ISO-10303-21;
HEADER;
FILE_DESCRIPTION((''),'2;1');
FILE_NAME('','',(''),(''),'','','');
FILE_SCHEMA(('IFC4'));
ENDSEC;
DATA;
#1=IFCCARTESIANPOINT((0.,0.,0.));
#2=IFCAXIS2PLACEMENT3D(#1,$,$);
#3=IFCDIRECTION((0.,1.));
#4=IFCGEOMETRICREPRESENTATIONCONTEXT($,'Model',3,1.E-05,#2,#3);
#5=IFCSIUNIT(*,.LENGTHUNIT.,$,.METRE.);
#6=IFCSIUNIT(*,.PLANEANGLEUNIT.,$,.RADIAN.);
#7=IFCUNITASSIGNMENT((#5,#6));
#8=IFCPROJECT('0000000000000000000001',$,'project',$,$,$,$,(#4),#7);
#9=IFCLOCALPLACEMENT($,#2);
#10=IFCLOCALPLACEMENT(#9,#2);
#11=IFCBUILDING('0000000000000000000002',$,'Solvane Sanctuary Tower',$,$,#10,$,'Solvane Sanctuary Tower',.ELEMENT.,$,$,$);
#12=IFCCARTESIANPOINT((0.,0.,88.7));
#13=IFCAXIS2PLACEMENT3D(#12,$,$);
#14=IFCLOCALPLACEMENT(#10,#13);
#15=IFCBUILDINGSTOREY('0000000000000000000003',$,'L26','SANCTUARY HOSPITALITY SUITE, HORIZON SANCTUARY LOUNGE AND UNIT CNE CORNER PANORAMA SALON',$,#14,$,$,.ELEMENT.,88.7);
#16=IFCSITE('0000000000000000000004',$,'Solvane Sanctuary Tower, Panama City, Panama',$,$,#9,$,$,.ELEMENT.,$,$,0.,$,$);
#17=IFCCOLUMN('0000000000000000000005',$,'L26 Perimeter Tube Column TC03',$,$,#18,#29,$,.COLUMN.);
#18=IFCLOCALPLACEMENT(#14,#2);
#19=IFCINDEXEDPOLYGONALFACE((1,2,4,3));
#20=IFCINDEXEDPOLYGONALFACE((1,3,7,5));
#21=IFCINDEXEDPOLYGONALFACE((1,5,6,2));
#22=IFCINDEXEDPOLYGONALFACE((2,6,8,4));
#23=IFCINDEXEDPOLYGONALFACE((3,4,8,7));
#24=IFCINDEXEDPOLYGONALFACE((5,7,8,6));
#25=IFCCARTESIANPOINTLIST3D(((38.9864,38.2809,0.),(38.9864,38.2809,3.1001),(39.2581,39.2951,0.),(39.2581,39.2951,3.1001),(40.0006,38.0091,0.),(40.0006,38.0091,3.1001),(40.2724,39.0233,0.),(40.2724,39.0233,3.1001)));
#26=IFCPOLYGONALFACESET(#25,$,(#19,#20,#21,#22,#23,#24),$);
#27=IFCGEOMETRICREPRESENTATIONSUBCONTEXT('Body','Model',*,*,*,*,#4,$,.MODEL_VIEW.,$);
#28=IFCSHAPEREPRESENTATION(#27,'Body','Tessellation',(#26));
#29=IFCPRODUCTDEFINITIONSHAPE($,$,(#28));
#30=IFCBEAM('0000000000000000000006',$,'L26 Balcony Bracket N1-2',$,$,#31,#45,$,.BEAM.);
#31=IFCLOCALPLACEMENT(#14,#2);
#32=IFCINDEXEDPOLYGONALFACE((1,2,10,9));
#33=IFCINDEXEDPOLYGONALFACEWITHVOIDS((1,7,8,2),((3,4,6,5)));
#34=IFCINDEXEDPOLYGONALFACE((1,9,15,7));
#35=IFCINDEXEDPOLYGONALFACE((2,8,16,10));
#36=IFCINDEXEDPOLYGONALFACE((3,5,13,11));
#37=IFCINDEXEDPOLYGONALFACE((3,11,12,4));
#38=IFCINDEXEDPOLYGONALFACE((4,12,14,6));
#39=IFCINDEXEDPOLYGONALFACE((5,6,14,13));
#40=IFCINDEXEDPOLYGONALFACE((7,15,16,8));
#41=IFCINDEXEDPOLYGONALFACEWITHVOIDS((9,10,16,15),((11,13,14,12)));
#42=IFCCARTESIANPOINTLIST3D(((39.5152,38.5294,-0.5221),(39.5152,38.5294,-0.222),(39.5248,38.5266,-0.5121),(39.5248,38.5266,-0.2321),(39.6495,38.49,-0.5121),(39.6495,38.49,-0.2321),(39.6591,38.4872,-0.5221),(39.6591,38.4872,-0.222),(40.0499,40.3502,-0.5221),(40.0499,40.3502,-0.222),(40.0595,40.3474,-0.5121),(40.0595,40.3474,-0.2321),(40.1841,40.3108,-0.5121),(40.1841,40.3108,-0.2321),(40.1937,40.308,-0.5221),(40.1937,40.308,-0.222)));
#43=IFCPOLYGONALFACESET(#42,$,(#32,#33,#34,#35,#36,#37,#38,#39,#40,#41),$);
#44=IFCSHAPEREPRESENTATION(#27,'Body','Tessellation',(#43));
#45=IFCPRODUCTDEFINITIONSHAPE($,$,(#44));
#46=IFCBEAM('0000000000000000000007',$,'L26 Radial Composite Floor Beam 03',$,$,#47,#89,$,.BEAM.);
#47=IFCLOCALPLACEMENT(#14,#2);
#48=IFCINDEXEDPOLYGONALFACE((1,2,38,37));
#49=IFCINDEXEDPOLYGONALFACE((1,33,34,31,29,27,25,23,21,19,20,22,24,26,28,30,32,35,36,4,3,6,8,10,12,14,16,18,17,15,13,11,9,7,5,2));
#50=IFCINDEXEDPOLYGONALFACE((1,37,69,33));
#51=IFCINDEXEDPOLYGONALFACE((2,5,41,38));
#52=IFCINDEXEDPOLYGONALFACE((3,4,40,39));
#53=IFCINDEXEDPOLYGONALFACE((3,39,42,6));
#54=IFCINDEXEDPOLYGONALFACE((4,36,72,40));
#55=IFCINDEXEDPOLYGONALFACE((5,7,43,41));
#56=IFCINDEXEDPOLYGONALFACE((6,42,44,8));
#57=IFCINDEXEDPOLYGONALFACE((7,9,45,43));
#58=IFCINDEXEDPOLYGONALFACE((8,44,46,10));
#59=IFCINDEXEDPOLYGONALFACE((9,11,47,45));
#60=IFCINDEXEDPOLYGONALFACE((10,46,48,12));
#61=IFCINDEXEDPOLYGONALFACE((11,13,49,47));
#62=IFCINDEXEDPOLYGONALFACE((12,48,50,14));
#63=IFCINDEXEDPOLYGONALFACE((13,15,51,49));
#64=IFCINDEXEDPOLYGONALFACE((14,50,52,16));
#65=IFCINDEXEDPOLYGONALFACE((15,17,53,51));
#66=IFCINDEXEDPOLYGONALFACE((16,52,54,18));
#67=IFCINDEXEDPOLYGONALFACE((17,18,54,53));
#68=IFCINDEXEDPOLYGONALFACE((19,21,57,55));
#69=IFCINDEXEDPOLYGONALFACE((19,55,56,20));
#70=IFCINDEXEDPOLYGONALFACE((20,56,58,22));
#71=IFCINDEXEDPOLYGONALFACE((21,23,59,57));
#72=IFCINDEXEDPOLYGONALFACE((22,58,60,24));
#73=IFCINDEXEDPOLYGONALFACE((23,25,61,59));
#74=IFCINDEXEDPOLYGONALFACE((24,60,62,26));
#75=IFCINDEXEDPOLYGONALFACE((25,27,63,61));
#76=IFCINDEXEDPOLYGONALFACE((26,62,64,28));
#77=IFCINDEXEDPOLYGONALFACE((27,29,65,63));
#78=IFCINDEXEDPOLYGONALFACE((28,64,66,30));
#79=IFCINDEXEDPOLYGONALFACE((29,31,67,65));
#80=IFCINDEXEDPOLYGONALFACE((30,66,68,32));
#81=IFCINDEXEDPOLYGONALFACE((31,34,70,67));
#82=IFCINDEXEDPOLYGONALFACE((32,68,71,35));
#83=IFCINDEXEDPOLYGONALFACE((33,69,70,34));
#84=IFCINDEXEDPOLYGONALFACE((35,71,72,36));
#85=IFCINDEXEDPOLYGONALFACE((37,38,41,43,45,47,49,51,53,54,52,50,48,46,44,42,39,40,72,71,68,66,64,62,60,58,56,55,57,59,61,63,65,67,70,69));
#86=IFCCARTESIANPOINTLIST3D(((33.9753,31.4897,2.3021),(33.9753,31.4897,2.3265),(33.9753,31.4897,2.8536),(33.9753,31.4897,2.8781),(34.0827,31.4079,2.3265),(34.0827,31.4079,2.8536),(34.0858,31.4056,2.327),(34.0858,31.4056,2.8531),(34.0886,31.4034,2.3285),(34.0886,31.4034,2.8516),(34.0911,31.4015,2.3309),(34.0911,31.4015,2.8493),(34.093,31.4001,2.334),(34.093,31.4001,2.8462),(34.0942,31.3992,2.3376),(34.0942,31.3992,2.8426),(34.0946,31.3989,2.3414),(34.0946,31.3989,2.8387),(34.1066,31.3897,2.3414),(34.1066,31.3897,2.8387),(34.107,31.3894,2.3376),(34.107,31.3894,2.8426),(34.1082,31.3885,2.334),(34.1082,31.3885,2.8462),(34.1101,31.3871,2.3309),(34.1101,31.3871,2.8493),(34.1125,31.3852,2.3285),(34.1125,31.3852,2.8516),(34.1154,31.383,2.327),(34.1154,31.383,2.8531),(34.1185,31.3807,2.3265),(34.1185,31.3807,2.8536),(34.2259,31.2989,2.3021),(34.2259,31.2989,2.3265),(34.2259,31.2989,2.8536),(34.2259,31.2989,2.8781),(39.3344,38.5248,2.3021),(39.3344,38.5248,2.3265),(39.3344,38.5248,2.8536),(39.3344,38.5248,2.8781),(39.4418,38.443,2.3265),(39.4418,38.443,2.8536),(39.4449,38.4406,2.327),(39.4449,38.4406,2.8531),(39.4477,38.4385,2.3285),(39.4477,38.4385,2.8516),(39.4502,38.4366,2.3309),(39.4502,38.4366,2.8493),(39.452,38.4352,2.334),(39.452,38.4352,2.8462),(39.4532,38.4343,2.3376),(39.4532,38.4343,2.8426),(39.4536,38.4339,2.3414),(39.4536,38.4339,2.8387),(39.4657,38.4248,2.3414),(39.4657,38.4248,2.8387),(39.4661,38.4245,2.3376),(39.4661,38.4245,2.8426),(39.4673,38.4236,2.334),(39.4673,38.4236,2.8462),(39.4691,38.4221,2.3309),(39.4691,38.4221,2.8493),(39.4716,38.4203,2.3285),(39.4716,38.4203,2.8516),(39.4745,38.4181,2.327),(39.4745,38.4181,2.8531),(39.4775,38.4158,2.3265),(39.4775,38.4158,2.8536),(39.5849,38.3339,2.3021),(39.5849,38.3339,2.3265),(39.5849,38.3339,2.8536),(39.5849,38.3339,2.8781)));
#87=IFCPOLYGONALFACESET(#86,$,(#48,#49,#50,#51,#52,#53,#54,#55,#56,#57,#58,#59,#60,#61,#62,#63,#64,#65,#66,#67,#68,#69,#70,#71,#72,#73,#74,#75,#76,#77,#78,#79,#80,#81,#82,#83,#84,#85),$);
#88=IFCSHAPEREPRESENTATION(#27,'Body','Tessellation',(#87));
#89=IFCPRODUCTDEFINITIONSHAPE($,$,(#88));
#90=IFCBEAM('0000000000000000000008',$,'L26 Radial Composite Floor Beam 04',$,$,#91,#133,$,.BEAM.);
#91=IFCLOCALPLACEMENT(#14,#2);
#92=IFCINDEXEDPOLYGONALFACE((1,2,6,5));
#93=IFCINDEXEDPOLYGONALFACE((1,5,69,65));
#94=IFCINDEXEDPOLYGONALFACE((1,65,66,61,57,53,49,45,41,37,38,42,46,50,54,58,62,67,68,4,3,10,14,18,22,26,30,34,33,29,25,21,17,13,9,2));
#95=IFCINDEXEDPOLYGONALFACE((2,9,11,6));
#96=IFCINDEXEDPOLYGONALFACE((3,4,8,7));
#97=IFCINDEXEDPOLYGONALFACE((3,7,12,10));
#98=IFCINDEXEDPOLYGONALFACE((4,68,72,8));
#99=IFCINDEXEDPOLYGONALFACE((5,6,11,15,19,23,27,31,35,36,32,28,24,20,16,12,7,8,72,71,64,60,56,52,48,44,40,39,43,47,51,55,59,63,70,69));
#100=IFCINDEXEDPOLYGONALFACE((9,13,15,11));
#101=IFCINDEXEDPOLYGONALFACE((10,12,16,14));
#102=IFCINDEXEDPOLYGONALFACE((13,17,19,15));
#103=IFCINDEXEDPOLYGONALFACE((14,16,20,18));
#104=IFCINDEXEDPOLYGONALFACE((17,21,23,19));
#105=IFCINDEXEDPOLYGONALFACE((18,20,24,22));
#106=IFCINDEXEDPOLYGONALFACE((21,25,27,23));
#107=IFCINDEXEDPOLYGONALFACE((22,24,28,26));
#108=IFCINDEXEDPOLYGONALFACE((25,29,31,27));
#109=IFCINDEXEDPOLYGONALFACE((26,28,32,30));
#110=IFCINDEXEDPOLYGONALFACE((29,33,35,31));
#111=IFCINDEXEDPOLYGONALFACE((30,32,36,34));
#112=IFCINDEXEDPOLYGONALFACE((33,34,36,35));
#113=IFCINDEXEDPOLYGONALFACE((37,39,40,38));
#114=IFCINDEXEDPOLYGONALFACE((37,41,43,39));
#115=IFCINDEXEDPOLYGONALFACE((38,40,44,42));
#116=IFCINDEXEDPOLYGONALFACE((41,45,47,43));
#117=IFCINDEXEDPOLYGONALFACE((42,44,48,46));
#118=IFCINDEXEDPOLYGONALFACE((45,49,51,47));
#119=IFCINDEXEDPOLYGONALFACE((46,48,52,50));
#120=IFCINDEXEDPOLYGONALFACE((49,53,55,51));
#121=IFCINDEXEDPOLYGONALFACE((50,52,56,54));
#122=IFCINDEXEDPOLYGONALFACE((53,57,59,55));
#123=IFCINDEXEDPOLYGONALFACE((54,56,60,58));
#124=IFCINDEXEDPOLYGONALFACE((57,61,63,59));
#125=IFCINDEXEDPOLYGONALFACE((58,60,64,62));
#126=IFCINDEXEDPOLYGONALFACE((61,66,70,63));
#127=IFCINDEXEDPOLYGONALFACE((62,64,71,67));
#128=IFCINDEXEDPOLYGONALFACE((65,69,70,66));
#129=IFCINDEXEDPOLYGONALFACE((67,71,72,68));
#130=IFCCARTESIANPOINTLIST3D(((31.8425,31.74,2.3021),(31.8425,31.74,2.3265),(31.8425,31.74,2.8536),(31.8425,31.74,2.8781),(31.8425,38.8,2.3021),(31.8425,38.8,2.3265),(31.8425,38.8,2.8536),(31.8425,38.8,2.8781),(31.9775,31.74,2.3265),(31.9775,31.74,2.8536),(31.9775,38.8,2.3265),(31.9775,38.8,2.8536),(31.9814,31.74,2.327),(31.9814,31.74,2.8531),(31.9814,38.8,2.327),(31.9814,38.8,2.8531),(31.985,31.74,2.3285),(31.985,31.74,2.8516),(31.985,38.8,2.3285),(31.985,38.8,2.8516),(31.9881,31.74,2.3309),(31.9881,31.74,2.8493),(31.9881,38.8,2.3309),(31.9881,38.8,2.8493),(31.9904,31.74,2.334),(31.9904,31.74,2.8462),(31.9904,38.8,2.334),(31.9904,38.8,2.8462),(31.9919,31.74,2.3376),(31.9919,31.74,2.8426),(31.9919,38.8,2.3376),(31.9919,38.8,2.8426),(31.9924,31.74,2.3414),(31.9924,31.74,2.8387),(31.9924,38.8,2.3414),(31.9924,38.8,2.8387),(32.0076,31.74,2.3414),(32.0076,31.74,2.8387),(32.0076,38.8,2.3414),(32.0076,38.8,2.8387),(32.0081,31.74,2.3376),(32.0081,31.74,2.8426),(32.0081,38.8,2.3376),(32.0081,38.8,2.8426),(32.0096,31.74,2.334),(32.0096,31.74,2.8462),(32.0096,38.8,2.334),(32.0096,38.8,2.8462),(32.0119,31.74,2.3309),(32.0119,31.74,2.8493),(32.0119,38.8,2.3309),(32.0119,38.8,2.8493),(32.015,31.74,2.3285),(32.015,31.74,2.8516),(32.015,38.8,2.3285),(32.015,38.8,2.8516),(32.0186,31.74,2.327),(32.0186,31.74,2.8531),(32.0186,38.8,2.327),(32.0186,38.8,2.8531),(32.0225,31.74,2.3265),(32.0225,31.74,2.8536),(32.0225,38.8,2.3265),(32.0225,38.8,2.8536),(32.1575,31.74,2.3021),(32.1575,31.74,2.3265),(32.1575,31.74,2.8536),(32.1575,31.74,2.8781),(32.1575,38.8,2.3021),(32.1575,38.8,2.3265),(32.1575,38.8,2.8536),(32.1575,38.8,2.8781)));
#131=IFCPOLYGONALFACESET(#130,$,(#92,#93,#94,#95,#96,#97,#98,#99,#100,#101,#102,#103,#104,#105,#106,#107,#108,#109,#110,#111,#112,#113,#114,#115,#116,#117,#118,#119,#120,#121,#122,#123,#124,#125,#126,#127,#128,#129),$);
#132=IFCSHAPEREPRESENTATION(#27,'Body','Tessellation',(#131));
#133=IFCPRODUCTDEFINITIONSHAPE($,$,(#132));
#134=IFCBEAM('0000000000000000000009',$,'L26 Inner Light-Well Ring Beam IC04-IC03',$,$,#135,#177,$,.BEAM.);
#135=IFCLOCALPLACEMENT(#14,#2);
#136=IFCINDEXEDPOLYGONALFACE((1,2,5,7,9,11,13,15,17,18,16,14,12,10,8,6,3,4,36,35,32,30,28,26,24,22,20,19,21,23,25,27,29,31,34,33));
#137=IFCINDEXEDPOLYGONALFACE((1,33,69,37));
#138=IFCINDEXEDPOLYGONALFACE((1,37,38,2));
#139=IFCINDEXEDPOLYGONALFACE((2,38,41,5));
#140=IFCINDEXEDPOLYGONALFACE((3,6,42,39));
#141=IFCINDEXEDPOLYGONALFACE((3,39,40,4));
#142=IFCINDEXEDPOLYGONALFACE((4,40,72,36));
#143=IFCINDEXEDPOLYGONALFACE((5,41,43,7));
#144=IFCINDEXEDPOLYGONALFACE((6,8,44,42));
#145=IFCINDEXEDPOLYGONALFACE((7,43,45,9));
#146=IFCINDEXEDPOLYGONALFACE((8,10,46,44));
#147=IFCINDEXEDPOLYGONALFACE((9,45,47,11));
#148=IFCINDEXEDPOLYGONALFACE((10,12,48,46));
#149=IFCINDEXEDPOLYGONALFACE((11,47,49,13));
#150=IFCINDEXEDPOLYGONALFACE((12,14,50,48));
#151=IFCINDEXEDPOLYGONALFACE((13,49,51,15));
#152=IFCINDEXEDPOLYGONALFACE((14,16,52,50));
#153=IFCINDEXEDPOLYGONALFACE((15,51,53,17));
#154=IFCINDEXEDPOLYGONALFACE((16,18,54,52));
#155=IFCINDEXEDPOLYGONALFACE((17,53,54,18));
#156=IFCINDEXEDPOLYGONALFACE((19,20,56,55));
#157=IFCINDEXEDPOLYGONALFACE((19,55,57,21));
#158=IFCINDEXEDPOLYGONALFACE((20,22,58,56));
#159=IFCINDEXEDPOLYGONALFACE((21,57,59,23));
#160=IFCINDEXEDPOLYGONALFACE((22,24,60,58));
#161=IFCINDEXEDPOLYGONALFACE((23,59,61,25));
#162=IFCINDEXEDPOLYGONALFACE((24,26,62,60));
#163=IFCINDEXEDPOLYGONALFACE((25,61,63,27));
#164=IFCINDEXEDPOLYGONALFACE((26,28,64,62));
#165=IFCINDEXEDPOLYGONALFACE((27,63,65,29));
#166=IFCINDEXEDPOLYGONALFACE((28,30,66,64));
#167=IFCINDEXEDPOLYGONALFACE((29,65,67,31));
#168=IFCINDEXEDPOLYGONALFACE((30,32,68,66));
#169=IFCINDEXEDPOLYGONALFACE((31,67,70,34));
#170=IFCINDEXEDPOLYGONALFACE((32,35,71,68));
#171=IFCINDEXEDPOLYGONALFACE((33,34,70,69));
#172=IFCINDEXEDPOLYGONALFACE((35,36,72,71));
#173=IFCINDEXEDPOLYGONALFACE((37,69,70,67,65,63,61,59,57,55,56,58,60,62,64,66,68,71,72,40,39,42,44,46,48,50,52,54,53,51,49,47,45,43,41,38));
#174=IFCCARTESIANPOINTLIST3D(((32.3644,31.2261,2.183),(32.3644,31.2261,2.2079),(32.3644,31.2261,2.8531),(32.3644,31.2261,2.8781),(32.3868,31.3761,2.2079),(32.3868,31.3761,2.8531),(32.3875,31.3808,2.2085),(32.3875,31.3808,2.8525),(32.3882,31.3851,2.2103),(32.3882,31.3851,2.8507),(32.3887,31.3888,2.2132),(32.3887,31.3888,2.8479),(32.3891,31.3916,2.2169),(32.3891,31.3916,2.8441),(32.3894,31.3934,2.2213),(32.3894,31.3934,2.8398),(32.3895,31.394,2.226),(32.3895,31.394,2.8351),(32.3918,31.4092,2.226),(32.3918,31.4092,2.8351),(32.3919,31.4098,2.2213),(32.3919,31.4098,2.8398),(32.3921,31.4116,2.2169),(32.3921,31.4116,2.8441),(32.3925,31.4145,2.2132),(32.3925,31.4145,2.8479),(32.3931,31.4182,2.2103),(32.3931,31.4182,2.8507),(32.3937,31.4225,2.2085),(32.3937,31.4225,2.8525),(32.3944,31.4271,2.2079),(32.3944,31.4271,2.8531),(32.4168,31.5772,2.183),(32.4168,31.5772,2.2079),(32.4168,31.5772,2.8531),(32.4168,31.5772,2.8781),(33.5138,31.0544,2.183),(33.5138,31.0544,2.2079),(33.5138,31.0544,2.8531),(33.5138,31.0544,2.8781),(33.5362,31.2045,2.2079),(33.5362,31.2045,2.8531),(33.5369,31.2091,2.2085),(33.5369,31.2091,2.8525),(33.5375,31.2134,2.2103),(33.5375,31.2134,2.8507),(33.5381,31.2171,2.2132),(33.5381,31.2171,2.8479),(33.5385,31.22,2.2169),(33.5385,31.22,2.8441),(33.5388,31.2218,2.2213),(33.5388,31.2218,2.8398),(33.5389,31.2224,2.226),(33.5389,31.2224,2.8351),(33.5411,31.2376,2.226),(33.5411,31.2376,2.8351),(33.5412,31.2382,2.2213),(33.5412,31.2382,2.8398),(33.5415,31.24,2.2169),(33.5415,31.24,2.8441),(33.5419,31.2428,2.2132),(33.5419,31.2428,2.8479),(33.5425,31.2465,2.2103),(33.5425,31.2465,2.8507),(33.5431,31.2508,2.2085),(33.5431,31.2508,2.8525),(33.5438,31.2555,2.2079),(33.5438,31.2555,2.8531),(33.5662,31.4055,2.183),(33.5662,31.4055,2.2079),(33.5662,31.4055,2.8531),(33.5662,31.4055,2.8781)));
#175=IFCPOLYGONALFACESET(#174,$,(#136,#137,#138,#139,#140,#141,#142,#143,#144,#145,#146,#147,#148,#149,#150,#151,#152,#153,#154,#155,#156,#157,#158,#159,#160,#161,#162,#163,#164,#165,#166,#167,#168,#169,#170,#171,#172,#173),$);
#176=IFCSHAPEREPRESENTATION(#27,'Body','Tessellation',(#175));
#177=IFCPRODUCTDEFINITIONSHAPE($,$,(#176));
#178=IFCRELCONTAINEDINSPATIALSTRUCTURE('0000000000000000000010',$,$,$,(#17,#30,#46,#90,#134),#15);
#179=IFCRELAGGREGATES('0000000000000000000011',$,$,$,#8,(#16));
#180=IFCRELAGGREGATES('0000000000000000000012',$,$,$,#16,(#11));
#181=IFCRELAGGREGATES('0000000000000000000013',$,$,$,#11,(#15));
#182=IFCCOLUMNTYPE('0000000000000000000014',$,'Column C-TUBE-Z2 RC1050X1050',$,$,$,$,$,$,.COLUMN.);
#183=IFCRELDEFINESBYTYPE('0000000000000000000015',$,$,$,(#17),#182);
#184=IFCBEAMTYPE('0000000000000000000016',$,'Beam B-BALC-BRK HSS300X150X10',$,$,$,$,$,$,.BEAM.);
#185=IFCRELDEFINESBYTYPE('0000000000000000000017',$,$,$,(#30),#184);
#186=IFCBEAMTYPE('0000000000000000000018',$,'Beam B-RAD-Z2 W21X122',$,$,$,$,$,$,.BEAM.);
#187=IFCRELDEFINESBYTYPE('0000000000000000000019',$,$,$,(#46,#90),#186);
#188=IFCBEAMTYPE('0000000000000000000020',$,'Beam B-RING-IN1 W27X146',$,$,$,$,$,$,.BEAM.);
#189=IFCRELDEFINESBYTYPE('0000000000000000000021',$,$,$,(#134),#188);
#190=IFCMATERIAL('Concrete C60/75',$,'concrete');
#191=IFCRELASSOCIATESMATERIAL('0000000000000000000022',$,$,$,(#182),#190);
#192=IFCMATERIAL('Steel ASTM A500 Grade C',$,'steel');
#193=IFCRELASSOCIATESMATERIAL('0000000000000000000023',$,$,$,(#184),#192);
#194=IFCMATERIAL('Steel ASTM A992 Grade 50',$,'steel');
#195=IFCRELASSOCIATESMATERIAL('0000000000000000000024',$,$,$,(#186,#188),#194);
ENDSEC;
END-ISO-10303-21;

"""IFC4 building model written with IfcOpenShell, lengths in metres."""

from ifc_helpers import new_model, si_unit, direction, frame, origin, origin_2d, place, context, subcontext, project, spatial, rectangle, hollow_rectangle, i_section, extrude, material, material_profile, profile_set, type_object, element, save


model = new_model("IFC4")

# Units and contexts
model_context = context("Model", 3, precision=1e-05, world=origin(), true_north=direction((0.0, 1.0)))
body_context = subcontext(model_context, "Body", "Model", "MODEL_VIEW")
ifc_project = project(units=[si_unit("LENGTHUNIT", "METRE"), si_unit("PLANEANGLEUNIT", "RADIAN")], contexts=[model_context])

# Site, building, storey
site_placement = place(None, origin())
site = spatial("IfcSite", under=ifc_project, at=site_placement, Name="Solvane Sanctuary Tower, Panama City, Panama", CompositionType="ELEMENT", RefElevation=0.0)
building_placement = place(site_placement, origin())
building = spatial("IfcBuilding", under=site, at=building_placement, Name="Solvane Sanctuary Tower", LongName="Solvane Sanctuary Tower", CompositionType="ELEMENT")
storey_placement = place(building_placement, frame((0.0, 0.0, 88.7)))
storey = spatial("IfcBuildingStorey", under=building, at=storey_placement, Name="L26", Description="SANCTUARY HOSPITALITY SUITE, HORIZON SANCTUARY LOUNGE AND UNIT CNE CORNER PANORAMA SALON", CompositionType="ELEMENT", Elevation=88.7)

# Column
ifc_material_1 = material(Name="Concrete C60/75", Category="concrete")
ifc_material_profile_1 = material_profile(ifc_material_1, rectangle(XDim=1.05, YDim=1.05, at=origin_2d()), Name="RC1050X1050")
ifc_profile_set_1 = profile_set([ifc_material_profile_1], Name="Concrete C60/75")
column_type = type_object("IfcColumnType", Name="Column C-TUBE-Z2 RC1050X1050", PredefinedType="COLUMN", material=ifc_profile_set_1)
column_placement = place(storey_placement, frame((39.6294, 38.6521, 0.0), z_axis=(0.0, 0.0, 1.0), x_axis=(0.258819, 0.965926, 0.0)))
element("IfcColumn", 1, at=column_placement, inside=storey, type_object=column_type, Name="L26 Perimeter Tube Column TC03", PredefinedType="COLUMN", context=body_context, shape_type="SweptSolid", body=[
    extrude(rectangle(XDim=1.05, YDim=1.05, at=origin_2d()), origin(), (0.0, 0.0, 1.0), 3.1001),
])

# Beams
ifc_material_2 = material(Name="Steel ASTM A500 Grade C", Category="steel")
ifc_material_profile_2 = material_profile(ifc_material_2, hollow_rectangle(XDim=0.1499, YDim=0.3, WallThickness=0.01, at=origin_2d()), Name="HSS300X150X10")
ifc_profile_set_2 = profile_set([ifc_material_profile_2], Name="Steel ASTM A500 Grade C")
beam_type_1 = type_object("IfcBeamType", Name="Beam B-BALC-BRK HSS300X150X10", PredefinedType="BEAM", material=ifc_profile_set_2)
beam_1_placement = place(storey_placement, frame((39.5872, 38.5083, -0.3721), z_axis=(0.281748, 0.959488, 0.0), x_axis=(-0.959488, 0.281748, 0.0)))
element("IfcBeam", 2, at=beam_1_placement, inside=storey, type_object=beam_type_1, Name="L26 Balcony Bracket N1-2", PredefinedType="BEAM", context=body_context, shape_type="SweptSolid", body=[
    extrude(hollow_rectangle(XDim=0.1499, YDim=0.3, WallThickness=0.01, at=origin_2d()), origin(), (0.0, 0.0, 1.0), 1.8977),
])
ifc_material_3 = material(Name="Steel ASTM A992 Grade 50", Category="steel")
ifc_material_profile_3 = material_profile(ifc_material_3, i_section(OverallWidth=0.3149, OverallDepth=0.5759, WebThickness=0.0151, FlangeThickness=0.0244, FilletRadius=0.0149, at=origin_2d()), Name="W21X122")
ifc_profile_set_3 = profile_set([ifc_material_profile_3], Name="Steel ASTM A992 Grade 50")
beam_type_2 = type_object("IfcBeamType", Name="Beam B-RAD-Z2 W21X122", PredefinedType="BEAM", material=ifc_profile_set_3)
beam_2_placement = place(storey_placement, frame((34.1006, 31.3943, 2.5901), z_axis=(0.605973, 0.795486, 0.0), x_axis=(-0.795486, 0.605973, 0.0)))
element("IfcBeam", 3, at=beam_2_placement, inside=storey, type_object=beam_type_2, Name="L26 Radial Composite Floor Beam 03", PredefinedType="BEAM", context=body_context, shape_type="SweptSolid", body=[
    extrude(i_section(OverallWidth=0.3149, OverallDepth=0.5759, WebThickness=0.0151, FlangeThickness=0.0244, FilletRadius=0.0149, at=origin_2d()), origin(), (0.0, 0.0, 1.0), 8.8438),
])
beam_3_placement = place(storey_placement, frame((32.0, 31.74, 2.5901), z_axis=(0.0, 1.0, 0.0), x_axis=(-1.0, 0.0, 0.0)))
element("IfcBeam", 4, at=beam_3_placement, inside=storey, type_object=beam_type_2, Name="L26 Radial Composite Floor Beam 04", PredefinedType="BEAM", context=body_context, shape_type="SweptSolid", body=[
    extrude(i_section(OverallWidth=0.3149, OverallDepth=0.5759, WebThickness=0.0151, FlangeThickness=0.0244, FilletRadius=0.0149, at=origin_2d()), origin(), (0.0, 0.0, 1.0), 7.0601),
])
ifc_material_profile_4 = material_profile(ifc_material_3, i_section(OverallWidth=0.355, OverallDepth=0.6951, WebThickness=0.0154, FlangeThickness=0.0249, FilletRadius=0.0181, at=origin_2d()), Name="W27X146")
ifc_profile_set_4 = profile_set([ifc_material_profile_4], Name="Steel ASTM A992 Grade 50")
beam_type_3 = type_object("IfcBeamType", Name="Beam B-RING-IN1 W27X146", PredefinedType="BEAM", material=ifc_profile_set_4)
beam_4_placement = place(storey_placement, frame((32.3906, 31.4016, 2.5305), z_axis=(0.989035, -0.147683, 0.0), x_axis=(0.147683, 0.989035, 0.0)))
element("IfcBeam", 5, at=beam_4_placement, inside=storey, type_object=beam_type_3, Name="L26 Inner Light-Well Ring Beam IC04-IC03", PredefinedType="BEAM", context=body_context, shape_type="SweptSolid", body=[
    extrude(i_section(OverallWidth=0.355, OverallDepth=0.6951, WebThickness=0.0154, FlangeThickness=0.0249, FilletRadius=0.0181, at=origin_2d()), origin(), (0.0, 0.0, 1.0), 1.1621),
])

save(model, "model.ifc")
